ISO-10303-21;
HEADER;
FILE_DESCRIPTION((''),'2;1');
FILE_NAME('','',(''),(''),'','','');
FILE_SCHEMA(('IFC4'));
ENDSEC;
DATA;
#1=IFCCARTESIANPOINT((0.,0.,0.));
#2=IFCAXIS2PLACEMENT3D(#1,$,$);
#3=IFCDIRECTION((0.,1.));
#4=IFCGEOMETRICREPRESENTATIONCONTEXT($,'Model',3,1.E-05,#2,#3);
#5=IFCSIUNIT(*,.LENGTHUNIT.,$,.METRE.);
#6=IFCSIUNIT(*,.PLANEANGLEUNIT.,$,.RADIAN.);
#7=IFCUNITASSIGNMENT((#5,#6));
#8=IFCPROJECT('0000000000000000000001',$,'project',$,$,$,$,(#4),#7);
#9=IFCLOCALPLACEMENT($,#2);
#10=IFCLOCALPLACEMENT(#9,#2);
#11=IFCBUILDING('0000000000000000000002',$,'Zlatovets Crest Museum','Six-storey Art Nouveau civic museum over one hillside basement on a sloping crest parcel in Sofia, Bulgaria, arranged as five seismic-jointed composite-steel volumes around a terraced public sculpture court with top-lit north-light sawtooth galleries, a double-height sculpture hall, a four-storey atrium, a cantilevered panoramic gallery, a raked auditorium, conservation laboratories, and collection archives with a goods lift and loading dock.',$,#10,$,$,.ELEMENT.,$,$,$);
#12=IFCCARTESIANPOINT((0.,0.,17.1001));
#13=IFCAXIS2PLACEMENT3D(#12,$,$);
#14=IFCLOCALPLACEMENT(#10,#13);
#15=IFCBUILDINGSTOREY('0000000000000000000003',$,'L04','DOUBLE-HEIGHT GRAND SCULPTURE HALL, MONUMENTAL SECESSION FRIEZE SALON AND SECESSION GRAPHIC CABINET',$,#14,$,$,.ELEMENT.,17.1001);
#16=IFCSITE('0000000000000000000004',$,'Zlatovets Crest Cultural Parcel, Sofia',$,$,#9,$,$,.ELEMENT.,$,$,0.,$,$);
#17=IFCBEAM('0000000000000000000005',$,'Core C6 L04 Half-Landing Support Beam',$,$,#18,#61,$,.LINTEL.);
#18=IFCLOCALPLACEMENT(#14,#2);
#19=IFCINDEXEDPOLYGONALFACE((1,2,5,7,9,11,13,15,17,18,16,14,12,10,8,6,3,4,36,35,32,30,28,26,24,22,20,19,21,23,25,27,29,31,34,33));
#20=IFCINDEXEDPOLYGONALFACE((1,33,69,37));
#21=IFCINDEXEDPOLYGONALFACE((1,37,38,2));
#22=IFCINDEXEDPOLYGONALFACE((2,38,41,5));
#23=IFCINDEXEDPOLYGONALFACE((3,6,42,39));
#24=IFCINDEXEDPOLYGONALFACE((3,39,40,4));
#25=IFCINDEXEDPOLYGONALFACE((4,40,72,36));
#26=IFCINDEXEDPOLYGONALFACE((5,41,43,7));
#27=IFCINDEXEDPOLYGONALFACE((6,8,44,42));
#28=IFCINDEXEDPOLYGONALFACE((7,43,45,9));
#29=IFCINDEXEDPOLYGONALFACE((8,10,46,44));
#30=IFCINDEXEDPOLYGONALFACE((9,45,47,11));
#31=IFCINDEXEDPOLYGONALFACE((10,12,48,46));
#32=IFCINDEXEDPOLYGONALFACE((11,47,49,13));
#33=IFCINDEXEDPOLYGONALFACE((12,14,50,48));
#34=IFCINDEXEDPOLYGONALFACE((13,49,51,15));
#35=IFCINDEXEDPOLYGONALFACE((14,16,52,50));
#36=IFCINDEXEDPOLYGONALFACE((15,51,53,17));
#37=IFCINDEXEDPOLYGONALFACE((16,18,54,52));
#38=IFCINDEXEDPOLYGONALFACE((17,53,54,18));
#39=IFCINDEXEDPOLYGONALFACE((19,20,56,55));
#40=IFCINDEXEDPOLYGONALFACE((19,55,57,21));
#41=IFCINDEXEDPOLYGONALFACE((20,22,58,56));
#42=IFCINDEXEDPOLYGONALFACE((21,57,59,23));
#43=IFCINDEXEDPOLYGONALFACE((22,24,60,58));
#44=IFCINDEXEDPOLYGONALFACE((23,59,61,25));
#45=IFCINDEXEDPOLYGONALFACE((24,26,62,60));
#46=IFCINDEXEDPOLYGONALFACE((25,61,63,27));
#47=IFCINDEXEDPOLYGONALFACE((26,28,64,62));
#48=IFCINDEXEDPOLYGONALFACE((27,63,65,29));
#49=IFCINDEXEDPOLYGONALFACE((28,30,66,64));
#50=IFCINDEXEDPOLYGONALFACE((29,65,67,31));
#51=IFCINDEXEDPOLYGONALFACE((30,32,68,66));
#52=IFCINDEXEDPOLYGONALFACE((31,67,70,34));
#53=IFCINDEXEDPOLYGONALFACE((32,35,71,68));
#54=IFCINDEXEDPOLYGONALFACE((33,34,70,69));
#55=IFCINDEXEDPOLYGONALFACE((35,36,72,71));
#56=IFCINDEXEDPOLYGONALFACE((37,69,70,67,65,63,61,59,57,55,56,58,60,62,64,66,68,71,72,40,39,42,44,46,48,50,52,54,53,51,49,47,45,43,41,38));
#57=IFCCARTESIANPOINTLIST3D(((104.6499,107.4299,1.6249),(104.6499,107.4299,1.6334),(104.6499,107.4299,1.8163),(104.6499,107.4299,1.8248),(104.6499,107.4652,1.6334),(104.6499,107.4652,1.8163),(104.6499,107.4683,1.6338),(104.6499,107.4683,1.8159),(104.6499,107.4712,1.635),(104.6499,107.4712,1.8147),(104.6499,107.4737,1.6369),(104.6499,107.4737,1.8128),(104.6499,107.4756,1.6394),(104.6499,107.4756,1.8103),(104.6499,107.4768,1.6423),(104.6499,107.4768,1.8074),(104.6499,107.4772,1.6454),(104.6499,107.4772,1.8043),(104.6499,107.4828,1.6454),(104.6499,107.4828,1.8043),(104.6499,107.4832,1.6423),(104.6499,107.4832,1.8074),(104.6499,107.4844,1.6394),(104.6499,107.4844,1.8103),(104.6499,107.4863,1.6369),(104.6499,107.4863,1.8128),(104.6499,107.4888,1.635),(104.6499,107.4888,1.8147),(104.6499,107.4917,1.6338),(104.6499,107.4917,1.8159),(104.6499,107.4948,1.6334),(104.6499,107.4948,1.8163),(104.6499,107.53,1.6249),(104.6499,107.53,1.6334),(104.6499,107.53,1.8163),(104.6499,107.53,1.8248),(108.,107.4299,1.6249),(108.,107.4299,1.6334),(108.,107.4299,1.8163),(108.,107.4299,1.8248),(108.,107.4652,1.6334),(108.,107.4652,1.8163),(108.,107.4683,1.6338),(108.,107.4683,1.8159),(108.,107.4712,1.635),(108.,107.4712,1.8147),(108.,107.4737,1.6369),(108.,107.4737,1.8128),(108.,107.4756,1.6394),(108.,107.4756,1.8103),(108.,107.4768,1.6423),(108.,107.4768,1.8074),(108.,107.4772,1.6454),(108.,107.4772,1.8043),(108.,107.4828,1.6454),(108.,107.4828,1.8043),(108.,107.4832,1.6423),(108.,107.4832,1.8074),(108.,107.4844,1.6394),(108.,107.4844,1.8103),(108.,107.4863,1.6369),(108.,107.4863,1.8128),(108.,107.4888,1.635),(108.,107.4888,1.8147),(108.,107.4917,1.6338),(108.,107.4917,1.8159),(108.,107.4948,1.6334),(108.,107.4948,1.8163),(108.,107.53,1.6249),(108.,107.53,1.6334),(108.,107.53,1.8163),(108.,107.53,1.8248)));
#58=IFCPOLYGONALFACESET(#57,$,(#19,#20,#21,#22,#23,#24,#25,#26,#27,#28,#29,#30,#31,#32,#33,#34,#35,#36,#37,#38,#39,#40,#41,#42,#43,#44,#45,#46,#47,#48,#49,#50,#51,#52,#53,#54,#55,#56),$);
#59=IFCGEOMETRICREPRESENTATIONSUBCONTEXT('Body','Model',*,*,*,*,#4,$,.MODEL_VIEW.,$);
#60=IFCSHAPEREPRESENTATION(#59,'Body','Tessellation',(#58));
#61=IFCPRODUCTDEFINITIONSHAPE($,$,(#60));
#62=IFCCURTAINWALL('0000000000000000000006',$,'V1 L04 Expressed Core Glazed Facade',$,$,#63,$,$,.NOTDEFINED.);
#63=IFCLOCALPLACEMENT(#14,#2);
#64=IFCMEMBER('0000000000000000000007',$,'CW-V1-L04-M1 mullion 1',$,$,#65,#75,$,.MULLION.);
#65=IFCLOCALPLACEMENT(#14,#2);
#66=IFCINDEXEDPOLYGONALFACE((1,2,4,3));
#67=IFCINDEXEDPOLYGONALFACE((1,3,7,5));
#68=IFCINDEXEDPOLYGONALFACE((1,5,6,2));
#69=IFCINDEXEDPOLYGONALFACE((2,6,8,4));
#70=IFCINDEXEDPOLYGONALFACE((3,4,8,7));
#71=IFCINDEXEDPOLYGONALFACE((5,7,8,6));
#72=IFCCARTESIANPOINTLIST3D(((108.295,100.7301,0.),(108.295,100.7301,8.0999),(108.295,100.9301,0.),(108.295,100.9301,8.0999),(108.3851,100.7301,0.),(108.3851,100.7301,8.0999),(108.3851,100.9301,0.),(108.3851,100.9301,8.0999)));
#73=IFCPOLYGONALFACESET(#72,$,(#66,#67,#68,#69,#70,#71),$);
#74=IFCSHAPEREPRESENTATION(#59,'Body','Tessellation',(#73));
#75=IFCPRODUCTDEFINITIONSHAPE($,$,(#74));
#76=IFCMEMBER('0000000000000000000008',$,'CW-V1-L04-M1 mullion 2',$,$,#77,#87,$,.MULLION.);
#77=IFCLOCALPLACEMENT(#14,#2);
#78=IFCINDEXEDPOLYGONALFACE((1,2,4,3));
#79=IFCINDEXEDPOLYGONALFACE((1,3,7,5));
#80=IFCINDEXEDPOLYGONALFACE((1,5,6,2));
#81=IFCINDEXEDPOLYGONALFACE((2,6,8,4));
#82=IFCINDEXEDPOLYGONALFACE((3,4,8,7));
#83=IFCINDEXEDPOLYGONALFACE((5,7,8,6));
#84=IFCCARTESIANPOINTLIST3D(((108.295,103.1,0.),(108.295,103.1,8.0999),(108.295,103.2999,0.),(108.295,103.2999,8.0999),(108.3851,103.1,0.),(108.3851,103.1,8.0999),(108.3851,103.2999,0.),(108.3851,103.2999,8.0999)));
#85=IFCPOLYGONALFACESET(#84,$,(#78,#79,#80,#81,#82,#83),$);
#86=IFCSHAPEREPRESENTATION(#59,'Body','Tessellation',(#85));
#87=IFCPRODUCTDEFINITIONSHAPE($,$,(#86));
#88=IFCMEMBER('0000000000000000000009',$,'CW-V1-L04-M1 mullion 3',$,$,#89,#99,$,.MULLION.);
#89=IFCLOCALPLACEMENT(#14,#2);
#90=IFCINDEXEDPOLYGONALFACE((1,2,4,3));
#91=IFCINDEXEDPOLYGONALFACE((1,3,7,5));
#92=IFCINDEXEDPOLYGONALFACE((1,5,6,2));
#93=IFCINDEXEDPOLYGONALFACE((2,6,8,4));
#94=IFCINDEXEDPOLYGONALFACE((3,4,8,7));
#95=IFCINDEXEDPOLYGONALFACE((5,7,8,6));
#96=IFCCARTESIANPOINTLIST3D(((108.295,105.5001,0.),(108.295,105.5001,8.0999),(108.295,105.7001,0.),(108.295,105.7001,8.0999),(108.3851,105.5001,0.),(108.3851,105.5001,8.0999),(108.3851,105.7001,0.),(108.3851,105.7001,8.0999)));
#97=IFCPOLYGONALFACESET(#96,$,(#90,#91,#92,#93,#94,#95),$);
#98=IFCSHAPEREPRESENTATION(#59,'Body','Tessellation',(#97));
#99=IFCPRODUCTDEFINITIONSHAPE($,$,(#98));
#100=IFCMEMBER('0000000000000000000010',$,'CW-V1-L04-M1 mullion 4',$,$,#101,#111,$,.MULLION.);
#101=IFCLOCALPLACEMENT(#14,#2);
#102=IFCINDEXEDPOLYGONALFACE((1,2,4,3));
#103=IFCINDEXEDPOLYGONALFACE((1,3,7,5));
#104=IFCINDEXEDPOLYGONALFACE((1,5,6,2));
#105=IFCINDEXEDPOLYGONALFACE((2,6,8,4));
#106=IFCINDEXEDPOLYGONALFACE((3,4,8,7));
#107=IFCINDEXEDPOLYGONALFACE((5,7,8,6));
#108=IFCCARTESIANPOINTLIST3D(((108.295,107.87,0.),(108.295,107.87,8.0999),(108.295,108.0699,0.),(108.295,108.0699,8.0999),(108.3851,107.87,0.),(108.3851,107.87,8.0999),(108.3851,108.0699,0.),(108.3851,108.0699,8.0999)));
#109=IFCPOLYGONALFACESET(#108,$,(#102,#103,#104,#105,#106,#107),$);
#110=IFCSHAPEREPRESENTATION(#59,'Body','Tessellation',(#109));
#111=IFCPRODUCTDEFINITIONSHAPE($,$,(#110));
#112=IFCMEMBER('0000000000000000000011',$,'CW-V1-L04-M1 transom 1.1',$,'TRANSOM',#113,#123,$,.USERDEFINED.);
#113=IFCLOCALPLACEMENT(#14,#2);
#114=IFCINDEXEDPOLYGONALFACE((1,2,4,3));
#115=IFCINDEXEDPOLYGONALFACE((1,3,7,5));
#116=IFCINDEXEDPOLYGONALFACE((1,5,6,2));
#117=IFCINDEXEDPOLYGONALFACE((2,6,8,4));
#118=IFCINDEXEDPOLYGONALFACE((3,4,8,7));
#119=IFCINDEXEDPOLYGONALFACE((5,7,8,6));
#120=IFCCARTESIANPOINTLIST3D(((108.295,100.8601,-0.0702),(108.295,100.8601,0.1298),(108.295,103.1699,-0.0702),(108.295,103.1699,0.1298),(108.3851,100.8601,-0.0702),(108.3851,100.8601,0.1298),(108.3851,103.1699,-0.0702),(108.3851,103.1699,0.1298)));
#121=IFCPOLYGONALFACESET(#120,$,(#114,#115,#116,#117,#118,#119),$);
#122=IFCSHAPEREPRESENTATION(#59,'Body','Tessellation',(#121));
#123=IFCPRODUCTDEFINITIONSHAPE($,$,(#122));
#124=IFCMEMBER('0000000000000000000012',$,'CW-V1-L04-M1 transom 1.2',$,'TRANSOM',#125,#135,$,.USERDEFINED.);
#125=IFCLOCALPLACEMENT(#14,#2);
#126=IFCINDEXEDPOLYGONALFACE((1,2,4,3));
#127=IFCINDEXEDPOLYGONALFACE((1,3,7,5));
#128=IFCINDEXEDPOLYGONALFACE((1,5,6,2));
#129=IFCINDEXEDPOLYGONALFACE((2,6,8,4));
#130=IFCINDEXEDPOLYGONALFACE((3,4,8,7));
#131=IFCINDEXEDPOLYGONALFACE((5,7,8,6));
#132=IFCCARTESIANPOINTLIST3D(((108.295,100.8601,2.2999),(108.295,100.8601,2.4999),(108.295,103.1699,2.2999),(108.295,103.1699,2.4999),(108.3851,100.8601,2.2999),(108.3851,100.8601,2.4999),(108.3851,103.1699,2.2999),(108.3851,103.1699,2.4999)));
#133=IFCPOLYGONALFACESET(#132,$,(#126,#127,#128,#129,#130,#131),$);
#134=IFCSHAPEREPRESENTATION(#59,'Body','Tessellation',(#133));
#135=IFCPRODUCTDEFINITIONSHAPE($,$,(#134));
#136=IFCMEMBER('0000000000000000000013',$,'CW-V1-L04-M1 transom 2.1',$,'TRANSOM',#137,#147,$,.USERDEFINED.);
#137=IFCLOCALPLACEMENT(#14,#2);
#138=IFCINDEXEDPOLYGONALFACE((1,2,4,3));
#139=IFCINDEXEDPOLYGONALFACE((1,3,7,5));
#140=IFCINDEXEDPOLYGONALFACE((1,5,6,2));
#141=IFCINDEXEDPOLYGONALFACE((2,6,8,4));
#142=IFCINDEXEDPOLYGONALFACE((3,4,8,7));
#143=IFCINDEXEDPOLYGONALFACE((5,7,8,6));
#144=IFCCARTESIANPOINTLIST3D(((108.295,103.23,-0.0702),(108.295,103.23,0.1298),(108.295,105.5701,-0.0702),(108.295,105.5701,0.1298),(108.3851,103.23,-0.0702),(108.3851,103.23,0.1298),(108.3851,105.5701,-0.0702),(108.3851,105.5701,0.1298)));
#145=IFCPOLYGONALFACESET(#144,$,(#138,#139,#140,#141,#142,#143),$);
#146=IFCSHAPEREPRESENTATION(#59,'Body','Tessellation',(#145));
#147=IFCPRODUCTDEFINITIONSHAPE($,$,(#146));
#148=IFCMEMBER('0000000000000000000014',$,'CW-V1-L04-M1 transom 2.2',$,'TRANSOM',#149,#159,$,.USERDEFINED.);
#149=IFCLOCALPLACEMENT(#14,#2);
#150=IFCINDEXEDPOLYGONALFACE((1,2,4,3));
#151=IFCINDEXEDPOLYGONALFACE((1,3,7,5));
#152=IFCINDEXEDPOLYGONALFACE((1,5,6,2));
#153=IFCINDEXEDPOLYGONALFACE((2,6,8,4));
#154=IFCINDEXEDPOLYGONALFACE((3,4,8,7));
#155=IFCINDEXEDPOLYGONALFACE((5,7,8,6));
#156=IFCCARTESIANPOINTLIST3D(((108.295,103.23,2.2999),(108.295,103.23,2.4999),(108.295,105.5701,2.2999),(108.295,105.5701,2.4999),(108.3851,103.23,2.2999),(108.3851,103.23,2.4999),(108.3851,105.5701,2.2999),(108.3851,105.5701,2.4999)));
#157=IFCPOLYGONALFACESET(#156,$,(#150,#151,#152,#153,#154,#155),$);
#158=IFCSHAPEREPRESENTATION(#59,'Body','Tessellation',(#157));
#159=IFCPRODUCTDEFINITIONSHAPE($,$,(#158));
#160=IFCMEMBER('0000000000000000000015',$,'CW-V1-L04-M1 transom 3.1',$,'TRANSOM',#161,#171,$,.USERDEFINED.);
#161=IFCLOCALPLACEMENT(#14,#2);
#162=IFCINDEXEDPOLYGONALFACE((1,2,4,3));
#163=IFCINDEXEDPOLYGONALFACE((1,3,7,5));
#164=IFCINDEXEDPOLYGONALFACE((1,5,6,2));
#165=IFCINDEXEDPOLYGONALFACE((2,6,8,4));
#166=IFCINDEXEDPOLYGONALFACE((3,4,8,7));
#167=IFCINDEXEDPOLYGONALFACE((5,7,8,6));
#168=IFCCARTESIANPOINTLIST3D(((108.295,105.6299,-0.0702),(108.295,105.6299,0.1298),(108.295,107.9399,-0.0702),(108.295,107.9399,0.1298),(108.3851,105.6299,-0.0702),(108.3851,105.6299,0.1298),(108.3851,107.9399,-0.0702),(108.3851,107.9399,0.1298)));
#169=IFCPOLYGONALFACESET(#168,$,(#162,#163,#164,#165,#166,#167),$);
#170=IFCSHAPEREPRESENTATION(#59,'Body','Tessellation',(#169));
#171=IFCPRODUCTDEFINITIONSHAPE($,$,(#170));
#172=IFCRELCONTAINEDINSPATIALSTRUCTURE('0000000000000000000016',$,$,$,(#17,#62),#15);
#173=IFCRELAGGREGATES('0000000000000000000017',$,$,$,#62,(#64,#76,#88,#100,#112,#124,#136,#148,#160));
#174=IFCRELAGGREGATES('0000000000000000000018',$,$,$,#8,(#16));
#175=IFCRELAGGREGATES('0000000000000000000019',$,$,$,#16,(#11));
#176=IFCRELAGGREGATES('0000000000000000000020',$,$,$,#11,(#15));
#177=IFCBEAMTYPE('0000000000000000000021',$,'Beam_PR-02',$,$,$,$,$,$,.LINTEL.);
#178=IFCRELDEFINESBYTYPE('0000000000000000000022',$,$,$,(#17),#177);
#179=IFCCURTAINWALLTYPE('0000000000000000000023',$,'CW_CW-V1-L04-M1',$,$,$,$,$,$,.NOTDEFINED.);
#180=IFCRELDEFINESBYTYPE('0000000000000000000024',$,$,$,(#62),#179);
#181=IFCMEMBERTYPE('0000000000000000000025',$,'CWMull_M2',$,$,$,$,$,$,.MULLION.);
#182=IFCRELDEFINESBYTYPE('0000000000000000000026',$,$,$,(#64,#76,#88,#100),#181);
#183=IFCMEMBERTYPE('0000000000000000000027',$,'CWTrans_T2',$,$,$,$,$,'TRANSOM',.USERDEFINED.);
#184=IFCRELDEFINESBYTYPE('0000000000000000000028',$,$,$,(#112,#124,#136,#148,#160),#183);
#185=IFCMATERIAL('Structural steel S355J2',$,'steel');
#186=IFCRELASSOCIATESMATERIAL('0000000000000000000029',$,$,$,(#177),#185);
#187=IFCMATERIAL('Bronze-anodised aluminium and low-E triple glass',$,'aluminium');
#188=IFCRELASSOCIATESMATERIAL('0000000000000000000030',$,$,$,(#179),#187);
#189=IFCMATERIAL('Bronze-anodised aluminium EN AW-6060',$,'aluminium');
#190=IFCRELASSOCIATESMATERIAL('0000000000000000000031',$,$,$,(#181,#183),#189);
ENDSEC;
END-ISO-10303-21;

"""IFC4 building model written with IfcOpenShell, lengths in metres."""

from ifc_helpers import new_model, si_unit, direction, frame, origin, origin_2d, place, context, subcontext, project, spatial, rectangle, i_section, extrude, material, material_profile, profile_set, type_object, element, aggregate, save


model = new_model("IFC4")

# Units and contexts
model_context = context("Model", 3, precision=1e-05, world=origin(), true_north=direction((0.0, 1.0)))
body_context = subcontext(model_context, "Body", "Model", "MODEL_VIEW")
ifc_project = project(units=[si_unit("LENGTHUNIT", "METRE"), si_unit("PLANEANGLEUNIT", "RADIAN")], contexts=[model_context])

# Site, building, storey
site_placement = place(None, origin())
site = spatial("IfcSite", under=ifc_project, at=site_placement, Name="Zlatovets Crest Cultural Parcel, Sofia", CompositionType="ELEMENT", RefElevation=0.0)
building_placement = place(site_placement, origin())
building = spatial("IfcBuilding", under=site, at=building_placement, Name="Zlatovets Crest Museum", Description="Six-storey Art Nouveau civic museum over one hillside basement on a sloping crest parcel in Sofia, Bulgaria, arranged as five seismic-jointed composite-steel volumes around a terraced public sculpture court with top-lit north-light sawtooth galleries, a double-height sculpture hall, a four-storey atrium, a cantilevered panoramic gallery, a raked auditorium, conservation laboratories, and collection archives with a goods lift and loading dock.", CompositionType="ELEMENT")
storey_placement = place(building_placement, frame((0.0, 0.0, 17.1001)))
storey = spatial("IfcBuildingStorey", under=building, at=storey_placement, Name="L04", Description="DOUBLE-HEIGHT GRAND SCULPTURE HALL, MONUMENTAL SECESSION FRIEZE SALON AND SECESSION GRAPHIC CABINET", CompositionType="ELEMENT", Elevation=17.1001)

# Shared definitions
ifc_material_1 = material(Name="Structural steel S355J2", Category="steel")

# Beam
ifc_material_profile_1 = material_profile(ifc_material_1, i_section(OverallWidth=0.1001, OverallDepth=0.2, WebThickness=0.0056, FlangeThickness=0.0085, FilletRadius=0.012, at=origin_2d()), Name="IPE 200")
ifc_profile_set_1 = profile_set([ifc_material_profile_1], Name="Structural steel S355J2")
beam_type_1 = type_object("IfcBeamType", Name="Beam_PR-02", PredefinedType="LINTEL", material=ifc_profile_set_1)
for number, where, z_axis, x_axis, name in (
    (1, (104.6499, 107.48, 1.7249), (1.0, 0.0, 0.0), (0.0, 1.0, 0.0), "Core C6 L04 Half-Landing Support Beam"),
):
    element("IfcBeam", number, at=place(storey_placement, frame(where, z_axis=z_axis, x_axis=x_axis)), inside=storey, type_object=beam_type_1, Name=name, PredefinedType="LINTEL", context=body_context, shape_type="SweptSolid", body=[
        extrude(i_section(OverallWidth=0.1001, OverallDepth=0.2, WebThickness=0.0056, FlangeThickness=0.0085, FilletRadius=0.012, at=origin_2d()), origin(), (0.0, 0.0, 1.0), 3.3501),
    ])

# Curtain wall, members
ifc_material_2 = material(Name="Bronze-anodised aluminium and low-E triple glass", Category="aluminium")
curtain_wall_type = type_object("IfcCurtainWallType", Name="CW_CW-V1-L04-M1", PredefinedType="NOTDEFINED", material=ifc_material_2)
curtain_wall_placement = place(storey_placement, origin())
curtain_wall = element("IfcCurtainWall", 2, at=curtain_wall_placement, inside=storey, type_object=curtain_wall_type, Name="V1 L04 Expressed Core Glazed Facade", PredefinedType="NOTDEFINED")
ifc_material_3 = material(Name="Bronze-anodised aluminium EN AW-6060", Category="aluminium")
ifc_material_profile_2 = material_profile(ifc_material_3, rectangle(XDim=0.0901, YDim=0.2, at=origin_2d()), Name="ALU 90x200")
ifc_profile_set_2 = profile_set([ifc_material_profile_2], Name="Bronze-anodised aluminium EN AW-6060")
member_type_1 = type_object("IfcMemberType", Name="CWMull_M2", PredefinedType="MULLION", material=ifc_profile_set_2)
member_1_placement = place(storey_placement, frame((108.3401, 100.8301, 0.0), z_axis=(0.0, 0.0, 1.0), x_axis=(-1.0, 0.0, 0.0)))
member_1 = element("IfcMember", 3, at=member_1_placement, type_object=member_type_1, Name="CW-V1-L04-M1 mullion 1", PredefinedType="MULLION", context=body_context, shape_type="SweptSolid", body=[
    extrude(rectangle(XDim=0.0901, YDim=0.2, at=origin_2d()), origin(), (0.0, 0.0, 1.0), 8.0999),
])
member_2_placement = place(storey_placement, frame((108.3401, 103.2, 0.0), z_axis=(0.0, 0.0, 1.0), x_axis=(-1.0, 0.0, 0.0)))
member_2 = element("IfcMember", 4, at=member_2_placement, type_object=member_type_1, Name="CW-V1-L04-M1 mullion 2", PredefinedType="MULLION", context=body_context, shape_type="SweptSolid", body=[
    extrude(rectangle(XDim=0.0901, YDim=0.2, at=origin_2d()), origin(), (0.0, 0.0, 1.0), 8.0999),
])
member_3_placement = place(storey_placement, frame((108.3401, 105.6001, 0.0), z_axis=(0.0, 0.0, 1.0), x_axis=(-1.0, 0.0, 0.0)))
member_3 = element("IfcMember", 5, at=member_3_placement, type_object=member_type_1, Name="CW-V1-L04-M1 mullion 3", PredefinedType="MULLION", context=body_context, shape_type="SweptSolid", body=[
    extrude(rectangle(XDim=0.0901, YDim=0.2, at=origin_2d()), origin(), (0.0, 0.0, 1.0), 8.0999),
])
member_4_placement = place(storey_placement, frame((108.3401, 107.97, 0.0), z_axis=(0.0, 0.0, 1.0), x_axis=(-1.0, 0.0, 0.0)))
member_4 = element("IfcMember", 6, at=member_4_placement, type_object=member_type_1, Name="CW-V1-L04-M1 mullion 4", PredefinedType="MULLION", context=body_context, shape_type="SweptSolid", body=[
    extrude(rectangle(XDim=0.0901, YDim=0.2, at=origin_2d()), origin(), (0.0, 0.0, 1.0), 8.0999),
])
ifc_material_profile_3 = material_profile(ifc_material_3, rectangle(XDim=0.0901, YDim=0.2, at=origin_2d()), Name="ALU 90x200")
ifc_profile_set_3 = profile_set([ifc_material_profile_3], Name="Bronze-anodised aluminium EN AW-6060")
member_type_2 = type_object("IfcMemberType", Name="CWTrans_T2", ElementType="TRANSOM", PredefinedType="USERDEFINED", material=ifc_profile_set_3)
member_5_placement = place(storey_placement, frame((108.3401, 100.8601, 0.0298), z_axis=(0.0, 1.0, 0.0), x_axis=(-1.0, 0.0, 0.0)))
member_5 = element("IfcMember", 7, at=member_5_placement, type_object=member_type_2, Name="CW-V1-L04-M1 transom 1.1", ObjectType="TRANSOM", PredefinedType="USERDEFINED", context=body_context, shape_type="SweptSolid", body=[
    extrude(rectangle(XDim=0.0901, YDim=0.2, at=origin_2d()), origin(), (0.0, 0.0, 1.0), 2.3098),
])
member_6_placement = place(storey_placement, frame((108.3401, 100.8601, 2.3999), z_axis=(0.0, 1.0, 0.0), x_axis=(-1.0, 0.0, 0.0)))
member_6 = element("IfcMember", 8, at=member_6_placement, type_object=member_type_2, Name="CW-V1-L04-M1 transom 1.2", ObjectType="TRANSOM", PredefinedType="USERDEFINED", context=body_context, shape_type="SweptSolid", body=[
    extrude(rectangle(XDim=0.0901, YDim=0.2, at=origin_2d()), origin(), (0.0, 0.0, 1.0), 2.3098),
])
member_7_placement = place(storey_placement, frame((108.3401, 103.23, 0.0298), z_axis=(0.0, 1.0, 0.0), x_axis=(-1.0, 0.0, 0.0)))
member_7 = element("IfcMember", 9, at=member_7_placement, type_object=member_type_2, Name="CW-V1-L04-M1 transom 2.1", ObjectType="TRANSOM", PredefinedType="USERDEFINED", context=body_context, shape_type="SweptSolid", body=[
    extrude(rectangle(XDim=0.0901, YDim=0.2, at=origin_2d()), origin(), (0.0, 0.0, 1.0), 2.3401),
])
member_8_placement = place(storey_placement, frame((108.3401, 103.23, 2.3999), z_axis=(0.0, 1.0, 0.0), x_axis=(-1.0, 0.0, 0.0)))
member_8 = element("IfcMember", 10, at=member_8_placement, type_object=member_type_2, Name="CW-V1-L04-M1 transom 2.2", ObjectType="TRANSOM", PredefinedType="USERDEFINED", context=body_context, shape_type="SweptSolid", body=[
    extrude(rectangle(XDim=0.0901, YDim=0.2, at=origin_2d()), origin(), (0.0, 0.0, 1.0), 2.3401),
])
member_9_placement = place(storey_placement, frame((108.3401, 105.6299, 0.0298), z_axis=(0.0, 1.0, 0.0), x_axis=(-1.0, 0.0, 0.0)))
member_9 = element("IfcMember", 11, at=member_9_placement, type_object=member_type_2, Name="CW-V1-L04-M1 transom 3.1", ObjectType="TRANSOM", PredefinedType="USERDEFINED", context=body_context, shape_type="SweptSolid", body=[
    extrude(rectangle(XDim=0.0901, YDim=0.2, at=origin_2d()), origin(), (0.0, 0.0, 1.0), 2.3101),
])

aggregate(curtain_wall, [member_1, member_2, member_3, member_4, member_5, member_6, member_7, member_8, member_9])

save(model, "model.ifc")
